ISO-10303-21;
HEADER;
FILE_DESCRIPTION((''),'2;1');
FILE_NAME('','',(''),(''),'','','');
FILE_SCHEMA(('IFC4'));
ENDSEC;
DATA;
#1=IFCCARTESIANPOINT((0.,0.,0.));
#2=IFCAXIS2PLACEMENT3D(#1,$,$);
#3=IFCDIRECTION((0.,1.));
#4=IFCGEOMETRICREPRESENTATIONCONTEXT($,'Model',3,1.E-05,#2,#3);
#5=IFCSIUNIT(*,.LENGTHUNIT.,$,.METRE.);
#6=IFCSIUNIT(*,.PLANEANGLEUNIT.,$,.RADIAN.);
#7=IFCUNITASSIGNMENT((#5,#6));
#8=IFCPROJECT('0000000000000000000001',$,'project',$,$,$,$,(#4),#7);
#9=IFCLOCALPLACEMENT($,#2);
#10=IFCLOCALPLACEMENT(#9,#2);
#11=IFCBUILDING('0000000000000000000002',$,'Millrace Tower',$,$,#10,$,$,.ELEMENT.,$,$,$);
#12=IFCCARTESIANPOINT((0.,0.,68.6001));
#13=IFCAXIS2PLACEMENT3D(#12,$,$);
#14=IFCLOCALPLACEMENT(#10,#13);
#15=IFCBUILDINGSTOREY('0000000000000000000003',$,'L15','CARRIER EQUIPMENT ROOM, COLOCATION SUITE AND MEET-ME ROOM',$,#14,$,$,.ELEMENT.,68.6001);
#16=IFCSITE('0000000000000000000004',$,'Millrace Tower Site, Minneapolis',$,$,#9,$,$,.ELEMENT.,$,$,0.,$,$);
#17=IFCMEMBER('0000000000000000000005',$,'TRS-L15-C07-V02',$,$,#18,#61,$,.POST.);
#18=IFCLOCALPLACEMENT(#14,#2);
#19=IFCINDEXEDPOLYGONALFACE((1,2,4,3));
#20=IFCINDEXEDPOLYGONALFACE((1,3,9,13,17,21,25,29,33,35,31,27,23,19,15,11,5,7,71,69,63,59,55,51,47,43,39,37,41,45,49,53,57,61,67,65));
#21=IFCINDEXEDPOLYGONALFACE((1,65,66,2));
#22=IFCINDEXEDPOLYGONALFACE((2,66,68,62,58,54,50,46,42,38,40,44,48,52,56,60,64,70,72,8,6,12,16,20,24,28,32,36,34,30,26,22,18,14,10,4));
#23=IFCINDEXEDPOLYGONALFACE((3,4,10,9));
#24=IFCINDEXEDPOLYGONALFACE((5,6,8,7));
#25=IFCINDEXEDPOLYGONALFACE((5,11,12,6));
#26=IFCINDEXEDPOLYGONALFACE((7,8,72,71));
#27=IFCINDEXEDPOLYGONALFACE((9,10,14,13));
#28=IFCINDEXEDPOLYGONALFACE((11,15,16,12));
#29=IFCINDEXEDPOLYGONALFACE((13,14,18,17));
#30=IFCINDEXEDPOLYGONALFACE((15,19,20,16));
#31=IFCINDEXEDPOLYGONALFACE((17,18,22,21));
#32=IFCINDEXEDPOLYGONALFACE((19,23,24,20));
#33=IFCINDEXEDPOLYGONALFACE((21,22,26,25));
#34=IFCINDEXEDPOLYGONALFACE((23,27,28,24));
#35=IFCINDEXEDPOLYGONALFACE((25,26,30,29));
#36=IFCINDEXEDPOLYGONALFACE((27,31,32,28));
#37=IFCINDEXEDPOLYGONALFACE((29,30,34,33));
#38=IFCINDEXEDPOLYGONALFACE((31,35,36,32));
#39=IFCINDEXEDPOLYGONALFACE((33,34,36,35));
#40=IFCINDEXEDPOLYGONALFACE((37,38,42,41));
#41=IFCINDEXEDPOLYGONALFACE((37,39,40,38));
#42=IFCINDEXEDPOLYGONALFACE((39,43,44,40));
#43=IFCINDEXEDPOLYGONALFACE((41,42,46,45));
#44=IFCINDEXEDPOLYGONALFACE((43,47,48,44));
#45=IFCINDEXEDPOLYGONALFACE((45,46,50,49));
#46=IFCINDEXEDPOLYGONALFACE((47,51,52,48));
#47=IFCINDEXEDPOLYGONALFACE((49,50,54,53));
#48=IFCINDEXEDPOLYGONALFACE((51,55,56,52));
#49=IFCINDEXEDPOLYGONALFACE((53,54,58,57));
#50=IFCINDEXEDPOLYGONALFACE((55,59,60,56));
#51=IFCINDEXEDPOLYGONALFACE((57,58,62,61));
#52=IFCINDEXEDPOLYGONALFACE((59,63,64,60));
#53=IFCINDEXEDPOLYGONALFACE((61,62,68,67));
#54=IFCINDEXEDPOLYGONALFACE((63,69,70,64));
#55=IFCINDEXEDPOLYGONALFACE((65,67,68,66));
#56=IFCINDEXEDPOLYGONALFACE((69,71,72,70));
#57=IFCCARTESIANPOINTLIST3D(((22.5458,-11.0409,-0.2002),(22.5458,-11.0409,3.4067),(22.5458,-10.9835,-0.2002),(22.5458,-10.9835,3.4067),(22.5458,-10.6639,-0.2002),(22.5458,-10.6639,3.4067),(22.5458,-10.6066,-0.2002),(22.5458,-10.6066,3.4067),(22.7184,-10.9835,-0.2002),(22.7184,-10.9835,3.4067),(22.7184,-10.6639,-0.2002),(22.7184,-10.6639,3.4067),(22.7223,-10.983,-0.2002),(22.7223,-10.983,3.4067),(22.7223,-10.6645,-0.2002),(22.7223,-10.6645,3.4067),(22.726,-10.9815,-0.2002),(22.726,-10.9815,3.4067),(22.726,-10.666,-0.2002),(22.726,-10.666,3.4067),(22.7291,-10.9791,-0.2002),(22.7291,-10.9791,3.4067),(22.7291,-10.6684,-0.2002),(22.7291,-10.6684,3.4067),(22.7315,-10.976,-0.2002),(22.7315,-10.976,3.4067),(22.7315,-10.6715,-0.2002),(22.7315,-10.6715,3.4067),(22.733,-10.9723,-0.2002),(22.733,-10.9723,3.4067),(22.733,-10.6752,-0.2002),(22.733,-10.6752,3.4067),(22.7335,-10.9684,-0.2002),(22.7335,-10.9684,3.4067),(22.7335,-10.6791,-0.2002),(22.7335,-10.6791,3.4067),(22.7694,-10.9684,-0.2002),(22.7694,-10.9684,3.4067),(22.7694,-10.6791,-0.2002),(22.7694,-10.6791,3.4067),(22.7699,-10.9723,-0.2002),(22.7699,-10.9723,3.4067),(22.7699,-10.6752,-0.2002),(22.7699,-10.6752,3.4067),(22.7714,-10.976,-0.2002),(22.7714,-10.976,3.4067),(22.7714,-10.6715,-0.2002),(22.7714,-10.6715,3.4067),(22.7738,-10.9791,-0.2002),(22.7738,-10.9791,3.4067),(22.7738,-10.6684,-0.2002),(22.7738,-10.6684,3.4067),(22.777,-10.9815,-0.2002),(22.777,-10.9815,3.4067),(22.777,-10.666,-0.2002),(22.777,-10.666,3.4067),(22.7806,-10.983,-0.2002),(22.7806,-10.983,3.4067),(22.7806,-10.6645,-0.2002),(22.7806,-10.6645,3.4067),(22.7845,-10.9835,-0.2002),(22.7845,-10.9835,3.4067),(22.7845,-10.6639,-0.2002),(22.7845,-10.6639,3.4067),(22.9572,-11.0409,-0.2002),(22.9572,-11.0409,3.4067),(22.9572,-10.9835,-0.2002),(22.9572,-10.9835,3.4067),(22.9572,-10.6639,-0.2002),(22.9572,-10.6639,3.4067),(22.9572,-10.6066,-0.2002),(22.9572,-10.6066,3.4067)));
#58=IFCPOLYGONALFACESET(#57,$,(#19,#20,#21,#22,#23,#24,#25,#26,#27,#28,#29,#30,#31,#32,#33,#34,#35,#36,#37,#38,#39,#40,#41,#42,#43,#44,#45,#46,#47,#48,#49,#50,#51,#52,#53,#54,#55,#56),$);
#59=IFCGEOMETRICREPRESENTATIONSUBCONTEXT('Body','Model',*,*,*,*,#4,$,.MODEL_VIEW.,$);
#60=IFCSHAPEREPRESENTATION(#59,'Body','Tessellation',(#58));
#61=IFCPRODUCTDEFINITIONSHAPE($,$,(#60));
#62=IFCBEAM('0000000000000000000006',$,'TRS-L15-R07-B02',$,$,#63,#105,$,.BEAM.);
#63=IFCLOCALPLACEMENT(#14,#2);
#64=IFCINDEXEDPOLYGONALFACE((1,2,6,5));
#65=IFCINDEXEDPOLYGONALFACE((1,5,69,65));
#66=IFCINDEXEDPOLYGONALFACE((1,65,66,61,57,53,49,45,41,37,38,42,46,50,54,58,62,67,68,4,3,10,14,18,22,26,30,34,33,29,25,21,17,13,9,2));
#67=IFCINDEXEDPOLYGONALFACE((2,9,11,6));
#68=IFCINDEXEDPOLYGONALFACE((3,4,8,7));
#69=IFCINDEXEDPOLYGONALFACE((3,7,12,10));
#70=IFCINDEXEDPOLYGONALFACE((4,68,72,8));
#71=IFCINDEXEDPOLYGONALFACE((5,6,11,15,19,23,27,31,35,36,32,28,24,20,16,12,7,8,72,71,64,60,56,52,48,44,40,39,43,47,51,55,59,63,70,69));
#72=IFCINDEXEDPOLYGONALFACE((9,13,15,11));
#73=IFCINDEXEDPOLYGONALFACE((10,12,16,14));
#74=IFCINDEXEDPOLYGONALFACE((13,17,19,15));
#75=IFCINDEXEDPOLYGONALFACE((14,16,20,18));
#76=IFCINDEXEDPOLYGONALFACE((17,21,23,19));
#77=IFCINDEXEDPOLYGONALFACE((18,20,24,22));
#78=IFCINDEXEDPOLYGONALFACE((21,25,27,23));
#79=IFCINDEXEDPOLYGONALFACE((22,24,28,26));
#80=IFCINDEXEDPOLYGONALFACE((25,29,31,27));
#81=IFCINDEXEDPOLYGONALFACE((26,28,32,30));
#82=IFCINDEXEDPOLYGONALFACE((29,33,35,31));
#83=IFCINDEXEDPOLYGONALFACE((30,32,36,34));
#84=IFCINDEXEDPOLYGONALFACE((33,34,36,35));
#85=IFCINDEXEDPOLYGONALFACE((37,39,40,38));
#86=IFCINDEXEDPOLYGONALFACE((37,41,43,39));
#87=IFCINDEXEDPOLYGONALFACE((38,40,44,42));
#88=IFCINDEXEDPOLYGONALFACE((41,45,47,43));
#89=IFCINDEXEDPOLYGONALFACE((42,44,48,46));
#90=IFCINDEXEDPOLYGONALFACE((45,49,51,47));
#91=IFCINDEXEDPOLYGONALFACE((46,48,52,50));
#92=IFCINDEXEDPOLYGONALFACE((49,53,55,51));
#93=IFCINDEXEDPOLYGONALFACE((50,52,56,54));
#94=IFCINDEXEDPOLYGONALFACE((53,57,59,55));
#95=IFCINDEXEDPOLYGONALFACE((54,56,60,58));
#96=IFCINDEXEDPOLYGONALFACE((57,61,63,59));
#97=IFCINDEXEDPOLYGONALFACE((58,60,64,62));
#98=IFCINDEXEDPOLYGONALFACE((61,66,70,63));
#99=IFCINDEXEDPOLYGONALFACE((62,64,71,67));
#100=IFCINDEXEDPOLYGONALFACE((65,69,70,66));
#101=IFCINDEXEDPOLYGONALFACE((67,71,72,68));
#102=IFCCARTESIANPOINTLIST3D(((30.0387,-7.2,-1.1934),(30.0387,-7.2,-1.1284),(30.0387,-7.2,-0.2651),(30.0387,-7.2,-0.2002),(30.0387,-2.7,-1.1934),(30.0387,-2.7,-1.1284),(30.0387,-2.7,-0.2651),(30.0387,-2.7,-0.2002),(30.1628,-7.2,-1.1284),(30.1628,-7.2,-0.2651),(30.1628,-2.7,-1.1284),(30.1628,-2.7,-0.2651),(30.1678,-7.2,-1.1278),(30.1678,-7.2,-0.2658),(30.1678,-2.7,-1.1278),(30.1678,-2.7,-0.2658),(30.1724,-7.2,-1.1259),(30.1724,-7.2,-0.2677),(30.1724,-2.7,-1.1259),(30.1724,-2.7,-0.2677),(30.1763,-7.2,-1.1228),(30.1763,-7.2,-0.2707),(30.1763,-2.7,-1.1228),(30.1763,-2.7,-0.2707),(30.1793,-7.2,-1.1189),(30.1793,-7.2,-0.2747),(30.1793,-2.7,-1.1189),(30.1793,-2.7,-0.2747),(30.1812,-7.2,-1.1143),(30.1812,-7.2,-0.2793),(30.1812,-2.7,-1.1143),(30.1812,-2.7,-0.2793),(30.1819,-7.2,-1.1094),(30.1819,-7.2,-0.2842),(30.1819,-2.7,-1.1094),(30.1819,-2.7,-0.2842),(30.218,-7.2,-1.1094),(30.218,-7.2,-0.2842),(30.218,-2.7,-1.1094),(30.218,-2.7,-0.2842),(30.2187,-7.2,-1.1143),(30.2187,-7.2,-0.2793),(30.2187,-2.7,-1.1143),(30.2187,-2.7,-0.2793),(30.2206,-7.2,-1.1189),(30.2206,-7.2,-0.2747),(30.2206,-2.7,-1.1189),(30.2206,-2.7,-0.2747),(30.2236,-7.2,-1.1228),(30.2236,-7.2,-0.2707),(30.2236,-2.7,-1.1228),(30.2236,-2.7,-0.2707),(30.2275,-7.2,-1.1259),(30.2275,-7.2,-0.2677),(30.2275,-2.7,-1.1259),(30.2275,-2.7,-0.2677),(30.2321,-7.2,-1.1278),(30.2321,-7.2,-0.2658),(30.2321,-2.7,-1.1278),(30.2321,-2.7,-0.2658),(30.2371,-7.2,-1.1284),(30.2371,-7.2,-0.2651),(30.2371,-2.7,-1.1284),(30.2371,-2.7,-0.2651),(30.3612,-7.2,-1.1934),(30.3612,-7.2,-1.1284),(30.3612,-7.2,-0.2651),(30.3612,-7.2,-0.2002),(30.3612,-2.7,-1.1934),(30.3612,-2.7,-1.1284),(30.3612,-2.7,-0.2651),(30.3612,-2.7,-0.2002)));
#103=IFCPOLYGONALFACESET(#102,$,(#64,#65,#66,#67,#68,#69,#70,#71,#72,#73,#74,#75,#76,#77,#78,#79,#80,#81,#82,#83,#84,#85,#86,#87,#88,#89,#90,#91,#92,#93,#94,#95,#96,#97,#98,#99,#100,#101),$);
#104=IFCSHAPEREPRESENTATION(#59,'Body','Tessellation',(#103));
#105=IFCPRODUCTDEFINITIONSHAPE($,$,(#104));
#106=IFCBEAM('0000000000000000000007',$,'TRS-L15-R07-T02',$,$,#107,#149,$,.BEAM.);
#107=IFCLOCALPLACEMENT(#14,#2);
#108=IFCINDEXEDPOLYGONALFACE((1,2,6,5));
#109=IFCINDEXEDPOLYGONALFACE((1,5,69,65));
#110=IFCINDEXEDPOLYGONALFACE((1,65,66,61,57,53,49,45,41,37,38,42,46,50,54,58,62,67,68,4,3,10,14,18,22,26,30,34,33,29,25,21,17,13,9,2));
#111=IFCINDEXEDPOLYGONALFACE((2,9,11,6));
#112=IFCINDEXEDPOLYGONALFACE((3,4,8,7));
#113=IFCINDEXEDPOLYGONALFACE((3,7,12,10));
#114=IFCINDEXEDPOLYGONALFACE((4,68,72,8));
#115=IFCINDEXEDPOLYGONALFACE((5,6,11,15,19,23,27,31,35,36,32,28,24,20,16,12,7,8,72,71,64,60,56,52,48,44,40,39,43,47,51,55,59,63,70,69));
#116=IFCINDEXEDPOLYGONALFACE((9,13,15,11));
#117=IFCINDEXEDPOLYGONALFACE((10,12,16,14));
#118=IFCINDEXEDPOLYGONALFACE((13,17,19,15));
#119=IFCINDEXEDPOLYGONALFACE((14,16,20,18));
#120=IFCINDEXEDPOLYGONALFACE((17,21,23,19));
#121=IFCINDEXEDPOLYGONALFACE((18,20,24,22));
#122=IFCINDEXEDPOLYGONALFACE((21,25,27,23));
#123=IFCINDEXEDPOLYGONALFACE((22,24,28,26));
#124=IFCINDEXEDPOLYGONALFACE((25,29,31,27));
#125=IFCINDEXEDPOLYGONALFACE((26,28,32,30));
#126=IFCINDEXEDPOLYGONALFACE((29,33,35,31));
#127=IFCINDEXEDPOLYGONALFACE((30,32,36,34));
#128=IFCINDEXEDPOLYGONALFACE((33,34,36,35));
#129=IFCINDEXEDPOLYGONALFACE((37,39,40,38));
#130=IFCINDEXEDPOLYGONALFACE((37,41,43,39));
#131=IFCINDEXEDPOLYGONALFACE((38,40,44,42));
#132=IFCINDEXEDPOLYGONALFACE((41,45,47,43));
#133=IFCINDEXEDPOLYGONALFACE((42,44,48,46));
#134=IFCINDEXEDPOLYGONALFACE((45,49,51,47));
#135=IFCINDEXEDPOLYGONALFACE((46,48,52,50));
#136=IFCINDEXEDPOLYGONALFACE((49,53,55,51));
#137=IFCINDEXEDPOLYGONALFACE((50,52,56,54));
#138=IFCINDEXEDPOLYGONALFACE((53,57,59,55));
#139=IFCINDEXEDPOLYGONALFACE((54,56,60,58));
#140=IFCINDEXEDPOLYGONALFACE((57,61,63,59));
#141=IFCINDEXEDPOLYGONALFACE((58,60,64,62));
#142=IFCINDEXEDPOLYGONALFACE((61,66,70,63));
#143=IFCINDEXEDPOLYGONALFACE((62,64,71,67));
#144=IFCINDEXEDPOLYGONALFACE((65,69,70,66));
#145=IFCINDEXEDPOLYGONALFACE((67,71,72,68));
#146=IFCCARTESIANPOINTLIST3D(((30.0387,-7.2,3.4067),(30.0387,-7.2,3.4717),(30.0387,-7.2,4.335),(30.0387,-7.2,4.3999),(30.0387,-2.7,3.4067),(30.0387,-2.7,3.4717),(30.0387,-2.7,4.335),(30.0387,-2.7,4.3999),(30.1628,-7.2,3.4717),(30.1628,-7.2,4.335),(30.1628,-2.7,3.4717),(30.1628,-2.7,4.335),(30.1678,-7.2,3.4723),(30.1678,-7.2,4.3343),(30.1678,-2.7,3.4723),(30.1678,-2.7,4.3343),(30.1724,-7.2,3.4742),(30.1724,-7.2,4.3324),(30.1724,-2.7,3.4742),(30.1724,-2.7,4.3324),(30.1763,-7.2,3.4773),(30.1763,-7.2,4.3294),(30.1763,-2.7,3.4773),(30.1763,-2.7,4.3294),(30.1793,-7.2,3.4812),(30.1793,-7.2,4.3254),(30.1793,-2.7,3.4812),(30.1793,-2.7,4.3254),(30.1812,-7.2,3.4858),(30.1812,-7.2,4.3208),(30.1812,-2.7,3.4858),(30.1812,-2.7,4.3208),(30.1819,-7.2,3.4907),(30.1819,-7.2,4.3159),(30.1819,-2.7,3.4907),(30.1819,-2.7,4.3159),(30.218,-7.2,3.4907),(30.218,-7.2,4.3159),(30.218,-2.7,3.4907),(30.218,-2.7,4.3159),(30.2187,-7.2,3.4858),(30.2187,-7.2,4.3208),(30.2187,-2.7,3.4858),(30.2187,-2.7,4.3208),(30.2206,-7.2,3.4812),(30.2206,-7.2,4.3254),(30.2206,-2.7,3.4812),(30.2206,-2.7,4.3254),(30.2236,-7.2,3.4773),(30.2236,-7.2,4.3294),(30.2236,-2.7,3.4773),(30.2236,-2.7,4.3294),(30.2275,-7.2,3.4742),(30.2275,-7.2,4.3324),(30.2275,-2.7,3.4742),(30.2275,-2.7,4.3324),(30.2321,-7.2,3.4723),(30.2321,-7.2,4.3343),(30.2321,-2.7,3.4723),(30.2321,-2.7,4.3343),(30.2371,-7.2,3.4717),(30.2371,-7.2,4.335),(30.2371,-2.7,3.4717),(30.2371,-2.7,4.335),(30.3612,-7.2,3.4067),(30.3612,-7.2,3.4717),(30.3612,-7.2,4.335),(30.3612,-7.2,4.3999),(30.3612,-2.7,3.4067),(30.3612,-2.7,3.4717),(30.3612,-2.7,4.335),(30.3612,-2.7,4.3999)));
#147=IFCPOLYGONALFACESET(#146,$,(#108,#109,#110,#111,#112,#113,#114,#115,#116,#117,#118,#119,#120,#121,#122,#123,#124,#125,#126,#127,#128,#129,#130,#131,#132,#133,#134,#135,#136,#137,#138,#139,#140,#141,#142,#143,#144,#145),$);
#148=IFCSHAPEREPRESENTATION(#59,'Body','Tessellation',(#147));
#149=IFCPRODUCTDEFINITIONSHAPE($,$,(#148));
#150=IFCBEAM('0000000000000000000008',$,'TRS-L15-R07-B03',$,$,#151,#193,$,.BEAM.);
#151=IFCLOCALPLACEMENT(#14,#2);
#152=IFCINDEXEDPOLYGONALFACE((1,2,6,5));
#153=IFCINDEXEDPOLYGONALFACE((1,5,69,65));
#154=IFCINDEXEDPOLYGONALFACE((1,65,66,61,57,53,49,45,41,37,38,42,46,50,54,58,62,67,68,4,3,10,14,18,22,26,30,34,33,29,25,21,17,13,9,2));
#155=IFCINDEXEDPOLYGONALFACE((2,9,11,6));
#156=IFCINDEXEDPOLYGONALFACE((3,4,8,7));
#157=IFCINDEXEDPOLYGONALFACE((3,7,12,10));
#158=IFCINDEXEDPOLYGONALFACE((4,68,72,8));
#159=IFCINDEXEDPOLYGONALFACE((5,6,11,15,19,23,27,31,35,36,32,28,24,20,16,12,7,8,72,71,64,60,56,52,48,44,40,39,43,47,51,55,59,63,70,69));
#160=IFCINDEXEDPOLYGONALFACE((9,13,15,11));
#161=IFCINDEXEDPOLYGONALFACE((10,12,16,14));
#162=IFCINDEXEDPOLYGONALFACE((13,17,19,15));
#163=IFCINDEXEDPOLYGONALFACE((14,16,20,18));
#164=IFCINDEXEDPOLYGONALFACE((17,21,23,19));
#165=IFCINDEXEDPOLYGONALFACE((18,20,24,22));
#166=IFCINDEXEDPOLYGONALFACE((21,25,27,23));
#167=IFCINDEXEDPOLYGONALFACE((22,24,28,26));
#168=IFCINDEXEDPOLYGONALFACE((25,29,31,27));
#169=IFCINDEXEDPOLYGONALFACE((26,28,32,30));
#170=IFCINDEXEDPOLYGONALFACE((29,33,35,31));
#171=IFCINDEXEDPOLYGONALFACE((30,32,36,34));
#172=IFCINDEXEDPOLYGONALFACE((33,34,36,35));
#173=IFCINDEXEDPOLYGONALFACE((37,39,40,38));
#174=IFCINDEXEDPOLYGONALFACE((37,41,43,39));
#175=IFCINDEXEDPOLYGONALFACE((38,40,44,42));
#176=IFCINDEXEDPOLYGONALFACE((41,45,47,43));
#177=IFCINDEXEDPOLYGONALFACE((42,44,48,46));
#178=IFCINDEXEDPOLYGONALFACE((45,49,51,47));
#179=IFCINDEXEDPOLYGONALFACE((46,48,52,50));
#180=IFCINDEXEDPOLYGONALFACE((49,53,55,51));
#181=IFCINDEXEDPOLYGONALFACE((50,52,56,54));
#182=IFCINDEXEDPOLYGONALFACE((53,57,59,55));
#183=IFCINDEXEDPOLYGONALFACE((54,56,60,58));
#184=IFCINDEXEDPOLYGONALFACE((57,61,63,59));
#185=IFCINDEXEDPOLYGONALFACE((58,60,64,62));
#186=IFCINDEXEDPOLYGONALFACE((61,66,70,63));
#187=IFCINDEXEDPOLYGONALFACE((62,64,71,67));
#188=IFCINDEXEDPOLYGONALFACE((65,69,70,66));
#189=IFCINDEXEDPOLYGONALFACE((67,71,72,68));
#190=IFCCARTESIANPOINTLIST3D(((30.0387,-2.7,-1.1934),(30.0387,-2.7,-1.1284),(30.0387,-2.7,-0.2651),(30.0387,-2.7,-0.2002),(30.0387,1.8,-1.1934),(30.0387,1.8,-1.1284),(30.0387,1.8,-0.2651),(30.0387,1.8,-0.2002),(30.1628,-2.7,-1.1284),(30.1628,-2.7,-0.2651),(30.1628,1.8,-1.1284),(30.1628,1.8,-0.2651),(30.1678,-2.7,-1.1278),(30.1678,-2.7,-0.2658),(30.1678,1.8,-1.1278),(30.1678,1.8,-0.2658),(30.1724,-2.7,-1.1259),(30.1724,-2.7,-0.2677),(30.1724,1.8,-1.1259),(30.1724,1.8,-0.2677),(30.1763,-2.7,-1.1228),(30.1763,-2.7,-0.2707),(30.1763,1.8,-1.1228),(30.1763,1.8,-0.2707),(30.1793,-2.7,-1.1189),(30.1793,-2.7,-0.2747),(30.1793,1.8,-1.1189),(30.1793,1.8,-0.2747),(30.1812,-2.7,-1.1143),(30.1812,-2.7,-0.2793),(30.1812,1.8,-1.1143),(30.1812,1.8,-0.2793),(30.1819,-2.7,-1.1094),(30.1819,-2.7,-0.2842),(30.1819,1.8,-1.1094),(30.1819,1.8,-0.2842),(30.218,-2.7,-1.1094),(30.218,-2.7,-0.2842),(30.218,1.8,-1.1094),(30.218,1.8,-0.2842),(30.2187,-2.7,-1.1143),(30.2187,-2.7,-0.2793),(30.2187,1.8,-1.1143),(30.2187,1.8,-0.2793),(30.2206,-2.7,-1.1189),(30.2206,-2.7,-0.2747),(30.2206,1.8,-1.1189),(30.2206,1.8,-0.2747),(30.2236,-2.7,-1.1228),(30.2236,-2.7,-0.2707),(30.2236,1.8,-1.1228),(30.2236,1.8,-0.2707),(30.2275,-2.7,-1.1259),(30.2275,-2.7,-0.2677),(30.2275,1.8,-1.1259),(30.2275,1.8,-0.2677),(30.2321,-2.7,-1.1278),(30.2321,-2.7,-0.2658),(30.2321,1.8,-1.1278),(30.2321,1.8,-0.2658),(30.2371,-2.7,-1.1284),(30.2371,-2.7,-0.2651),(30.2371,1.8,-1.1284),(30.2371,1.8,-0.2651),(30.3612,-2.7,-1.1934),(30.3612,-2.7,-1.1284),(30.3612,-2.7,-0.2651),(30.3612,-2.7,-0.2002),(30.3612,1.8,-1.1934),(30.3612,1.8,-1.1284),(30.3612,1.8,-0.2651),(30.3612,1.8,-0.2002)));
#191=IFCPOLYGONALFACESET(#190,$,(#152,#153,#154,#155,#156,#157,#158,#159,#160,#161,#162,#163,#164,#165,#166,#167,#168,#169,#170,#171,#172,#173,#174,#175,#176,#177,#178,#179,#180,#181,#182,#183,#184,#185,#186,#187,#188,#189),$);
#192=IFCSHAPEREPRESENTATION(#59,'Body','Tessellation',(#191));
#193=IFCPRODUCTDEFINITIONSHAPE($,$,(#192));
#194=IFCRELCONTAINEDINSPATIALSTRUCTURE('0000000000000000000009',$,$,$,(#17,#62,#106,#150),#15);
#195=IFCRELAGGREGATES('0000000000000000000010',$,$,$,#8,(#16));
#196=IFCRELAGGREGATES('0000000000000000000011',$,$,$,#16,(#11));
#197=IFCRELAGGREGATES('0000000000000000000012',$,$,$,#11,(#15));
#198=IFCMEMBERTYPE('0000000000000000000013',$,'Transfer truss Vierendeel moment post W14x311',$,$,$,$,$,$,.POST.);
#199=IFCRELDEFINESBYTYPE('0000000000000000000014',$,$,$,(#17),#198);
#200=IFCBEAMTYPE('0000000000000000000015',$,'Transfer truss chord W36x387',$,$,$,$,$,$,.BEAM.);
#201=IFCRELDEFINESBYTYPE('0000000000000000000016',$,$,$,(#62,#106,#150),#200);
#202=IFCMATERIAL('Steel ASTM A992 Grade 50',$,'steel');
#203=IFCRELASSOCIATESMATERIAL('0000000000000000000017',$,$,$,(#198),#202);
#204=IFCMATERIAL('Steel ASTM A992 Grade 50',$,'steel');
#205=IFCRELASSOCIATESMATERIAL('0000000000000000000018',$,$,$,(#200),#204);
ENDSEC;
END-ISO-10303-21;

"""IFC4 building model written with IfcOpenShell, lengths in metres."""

from ifc_helpers import new_model, si_unit, direction, frame, origin, origin_2d, place, context, subcontext, project, spatial, i_section, extrude, material, material_profile, profile_set, type_object, element, save


model = new_model("IFC4")

# Units and contexts
model_context = context("Model", 3, precision=1e-05, world=origin(), true_north=direction((0.0, 1.0)))
body_context = subcontext(model_context, "Body", "Model", "MODEL_VIEW")
ifc_project = project(units=[si_unit("LENGTHUNIT", "METRE"), si_unit("PLANEANGLEUNIT", "RADIAN")], contexts=[model_context])

# Site, building, storey
site_placement = place(None, origin())
site = spatial("IfcSite", under=ifc_project, at=site_placement, Name="Millrace Tower Site, Minneapolis", CompositionType="ELEMENT", RefElevation=0.0)
building_placement = place(site_placement, origin())
building = spatial("IfcBuilding", under=site, at=building_placement, Name="Millrace Tower", CompositionType="ELEMENT")
storey_placement = place(building_placement, frame((0.0, 0.0, 68.6001)))
storey = spatial("IfcBuildingStorey", under=building, at=storey_placement, Name="L15", Description="CARRIER EQUIPMENT ROOM, COLOCATION SUITE AND MEET-ME ROOM", CompositionType="ELEMENT", Elevation=68.6001)

# Member
ifc_material_1 = material(Name="Steel ASTM A992 Grade 50", Category="steel")
ifc_material_profile_1 = material_profile(ifc_material_1, i_section(OverallWidth=0.4114, OverallDepth=0.4343, WebThickness=0.0359, FlangeThickness=0.0574, FilletRadius=0.0151, at=origin_2d()))
ifc_profile_set_1 = profile_set([ifc_material_profile_1], Name="Steel ASTM A992 Grade 50")
member_type_1 = type_object("IfcMemberType", Name="Transfer truss Vierendeel moment post W14x311", PredefinedType="POST", material=ifc_profile_set_1)
for number, where, z_axis, x_axis, name in (
    (1, (22.7515, -10.8237, -0.2002), (0.0, 0.0, 1.0), (1.0, 0.0, 0.0), "TRS-L15-C07-V02"),
):
    element("IfcMember", number, at=place(storey_placement, frame(where, z_axis=z_axis, x_axis=x_axis)), inside=storey, type_object=member_type_1, Name=name, PredefinedType="POST", context=body_context, shape_type="SweptSolid", body=[
        extrude(i_section(OverallWidth=0.4114, OverallDepth=0.4343, WebThickness=0.0359, FlangeThickness=0.0574, FilletRadius=0.0151, at=origin_2d()), origin(), (0.0, 0.0, 1.0), 3.6069),
    ])

# Beams
ifc_material_2 = material(Name="Steel ASTM A992 Grade 50", Category="steel")
ifc_material_profile_2 = material_profile(ifc_material_2, i_section(OverallWidth=0.3225, OverallDepth=0.9932, WebThickness=0.0361, FlangeThickness=0.0649, FilletRadius=0.019, at=origin_2d()))
ifc_profile_set_2 = profile_set([ifc_material_profile_2], Name="Steel ASTM A992 Grade 50")
beam_type_1 = type_object("IfcBeamType", Name="Transfer truss chord W36x387", PredefinedType="BEAM", material=ifc_profile_set_2)
for number, where, z_axis, x_axis, name in (
    (2, (30.2, -7.2, -0.6968), (0.0, 1.0, 0.0), (-1.0, 0.0, 0.0), "TRS-L15-R07-B02"),
    (3, (30.2, -7.2, 3.9033), (0.0, 1.0, 0.0), (-1.0, 0.0, 0.0), "TRS-L15-R07-T02"),
    (4, (30.2, -2.7, -0.6968), (0.0, 1.0, 0.0), (-1.0, 0.0, 0.0), "TRS-L15-R07-B03"),
):
    element("IfcBeam", number, at=place(storey_placement, frame(where, z_axis=z_axis, x_axis=x_axis)), inside=storey, type_object=beam_type_1, Name=name, PredefinedType="BEAM", context=body_context, shape_type="SweptSolid", body=[
        extrude(i_section(OverallWidth=0.3225, OverallDepth=0.9932, WebThickness=0.0361, FlangeThickness=0.0649, FilletRadius=0.019, at=origin_2d()), origin(), (0.0, 0.0, 1.0), 4.5),
    ])

save(model, "model.ifc")
